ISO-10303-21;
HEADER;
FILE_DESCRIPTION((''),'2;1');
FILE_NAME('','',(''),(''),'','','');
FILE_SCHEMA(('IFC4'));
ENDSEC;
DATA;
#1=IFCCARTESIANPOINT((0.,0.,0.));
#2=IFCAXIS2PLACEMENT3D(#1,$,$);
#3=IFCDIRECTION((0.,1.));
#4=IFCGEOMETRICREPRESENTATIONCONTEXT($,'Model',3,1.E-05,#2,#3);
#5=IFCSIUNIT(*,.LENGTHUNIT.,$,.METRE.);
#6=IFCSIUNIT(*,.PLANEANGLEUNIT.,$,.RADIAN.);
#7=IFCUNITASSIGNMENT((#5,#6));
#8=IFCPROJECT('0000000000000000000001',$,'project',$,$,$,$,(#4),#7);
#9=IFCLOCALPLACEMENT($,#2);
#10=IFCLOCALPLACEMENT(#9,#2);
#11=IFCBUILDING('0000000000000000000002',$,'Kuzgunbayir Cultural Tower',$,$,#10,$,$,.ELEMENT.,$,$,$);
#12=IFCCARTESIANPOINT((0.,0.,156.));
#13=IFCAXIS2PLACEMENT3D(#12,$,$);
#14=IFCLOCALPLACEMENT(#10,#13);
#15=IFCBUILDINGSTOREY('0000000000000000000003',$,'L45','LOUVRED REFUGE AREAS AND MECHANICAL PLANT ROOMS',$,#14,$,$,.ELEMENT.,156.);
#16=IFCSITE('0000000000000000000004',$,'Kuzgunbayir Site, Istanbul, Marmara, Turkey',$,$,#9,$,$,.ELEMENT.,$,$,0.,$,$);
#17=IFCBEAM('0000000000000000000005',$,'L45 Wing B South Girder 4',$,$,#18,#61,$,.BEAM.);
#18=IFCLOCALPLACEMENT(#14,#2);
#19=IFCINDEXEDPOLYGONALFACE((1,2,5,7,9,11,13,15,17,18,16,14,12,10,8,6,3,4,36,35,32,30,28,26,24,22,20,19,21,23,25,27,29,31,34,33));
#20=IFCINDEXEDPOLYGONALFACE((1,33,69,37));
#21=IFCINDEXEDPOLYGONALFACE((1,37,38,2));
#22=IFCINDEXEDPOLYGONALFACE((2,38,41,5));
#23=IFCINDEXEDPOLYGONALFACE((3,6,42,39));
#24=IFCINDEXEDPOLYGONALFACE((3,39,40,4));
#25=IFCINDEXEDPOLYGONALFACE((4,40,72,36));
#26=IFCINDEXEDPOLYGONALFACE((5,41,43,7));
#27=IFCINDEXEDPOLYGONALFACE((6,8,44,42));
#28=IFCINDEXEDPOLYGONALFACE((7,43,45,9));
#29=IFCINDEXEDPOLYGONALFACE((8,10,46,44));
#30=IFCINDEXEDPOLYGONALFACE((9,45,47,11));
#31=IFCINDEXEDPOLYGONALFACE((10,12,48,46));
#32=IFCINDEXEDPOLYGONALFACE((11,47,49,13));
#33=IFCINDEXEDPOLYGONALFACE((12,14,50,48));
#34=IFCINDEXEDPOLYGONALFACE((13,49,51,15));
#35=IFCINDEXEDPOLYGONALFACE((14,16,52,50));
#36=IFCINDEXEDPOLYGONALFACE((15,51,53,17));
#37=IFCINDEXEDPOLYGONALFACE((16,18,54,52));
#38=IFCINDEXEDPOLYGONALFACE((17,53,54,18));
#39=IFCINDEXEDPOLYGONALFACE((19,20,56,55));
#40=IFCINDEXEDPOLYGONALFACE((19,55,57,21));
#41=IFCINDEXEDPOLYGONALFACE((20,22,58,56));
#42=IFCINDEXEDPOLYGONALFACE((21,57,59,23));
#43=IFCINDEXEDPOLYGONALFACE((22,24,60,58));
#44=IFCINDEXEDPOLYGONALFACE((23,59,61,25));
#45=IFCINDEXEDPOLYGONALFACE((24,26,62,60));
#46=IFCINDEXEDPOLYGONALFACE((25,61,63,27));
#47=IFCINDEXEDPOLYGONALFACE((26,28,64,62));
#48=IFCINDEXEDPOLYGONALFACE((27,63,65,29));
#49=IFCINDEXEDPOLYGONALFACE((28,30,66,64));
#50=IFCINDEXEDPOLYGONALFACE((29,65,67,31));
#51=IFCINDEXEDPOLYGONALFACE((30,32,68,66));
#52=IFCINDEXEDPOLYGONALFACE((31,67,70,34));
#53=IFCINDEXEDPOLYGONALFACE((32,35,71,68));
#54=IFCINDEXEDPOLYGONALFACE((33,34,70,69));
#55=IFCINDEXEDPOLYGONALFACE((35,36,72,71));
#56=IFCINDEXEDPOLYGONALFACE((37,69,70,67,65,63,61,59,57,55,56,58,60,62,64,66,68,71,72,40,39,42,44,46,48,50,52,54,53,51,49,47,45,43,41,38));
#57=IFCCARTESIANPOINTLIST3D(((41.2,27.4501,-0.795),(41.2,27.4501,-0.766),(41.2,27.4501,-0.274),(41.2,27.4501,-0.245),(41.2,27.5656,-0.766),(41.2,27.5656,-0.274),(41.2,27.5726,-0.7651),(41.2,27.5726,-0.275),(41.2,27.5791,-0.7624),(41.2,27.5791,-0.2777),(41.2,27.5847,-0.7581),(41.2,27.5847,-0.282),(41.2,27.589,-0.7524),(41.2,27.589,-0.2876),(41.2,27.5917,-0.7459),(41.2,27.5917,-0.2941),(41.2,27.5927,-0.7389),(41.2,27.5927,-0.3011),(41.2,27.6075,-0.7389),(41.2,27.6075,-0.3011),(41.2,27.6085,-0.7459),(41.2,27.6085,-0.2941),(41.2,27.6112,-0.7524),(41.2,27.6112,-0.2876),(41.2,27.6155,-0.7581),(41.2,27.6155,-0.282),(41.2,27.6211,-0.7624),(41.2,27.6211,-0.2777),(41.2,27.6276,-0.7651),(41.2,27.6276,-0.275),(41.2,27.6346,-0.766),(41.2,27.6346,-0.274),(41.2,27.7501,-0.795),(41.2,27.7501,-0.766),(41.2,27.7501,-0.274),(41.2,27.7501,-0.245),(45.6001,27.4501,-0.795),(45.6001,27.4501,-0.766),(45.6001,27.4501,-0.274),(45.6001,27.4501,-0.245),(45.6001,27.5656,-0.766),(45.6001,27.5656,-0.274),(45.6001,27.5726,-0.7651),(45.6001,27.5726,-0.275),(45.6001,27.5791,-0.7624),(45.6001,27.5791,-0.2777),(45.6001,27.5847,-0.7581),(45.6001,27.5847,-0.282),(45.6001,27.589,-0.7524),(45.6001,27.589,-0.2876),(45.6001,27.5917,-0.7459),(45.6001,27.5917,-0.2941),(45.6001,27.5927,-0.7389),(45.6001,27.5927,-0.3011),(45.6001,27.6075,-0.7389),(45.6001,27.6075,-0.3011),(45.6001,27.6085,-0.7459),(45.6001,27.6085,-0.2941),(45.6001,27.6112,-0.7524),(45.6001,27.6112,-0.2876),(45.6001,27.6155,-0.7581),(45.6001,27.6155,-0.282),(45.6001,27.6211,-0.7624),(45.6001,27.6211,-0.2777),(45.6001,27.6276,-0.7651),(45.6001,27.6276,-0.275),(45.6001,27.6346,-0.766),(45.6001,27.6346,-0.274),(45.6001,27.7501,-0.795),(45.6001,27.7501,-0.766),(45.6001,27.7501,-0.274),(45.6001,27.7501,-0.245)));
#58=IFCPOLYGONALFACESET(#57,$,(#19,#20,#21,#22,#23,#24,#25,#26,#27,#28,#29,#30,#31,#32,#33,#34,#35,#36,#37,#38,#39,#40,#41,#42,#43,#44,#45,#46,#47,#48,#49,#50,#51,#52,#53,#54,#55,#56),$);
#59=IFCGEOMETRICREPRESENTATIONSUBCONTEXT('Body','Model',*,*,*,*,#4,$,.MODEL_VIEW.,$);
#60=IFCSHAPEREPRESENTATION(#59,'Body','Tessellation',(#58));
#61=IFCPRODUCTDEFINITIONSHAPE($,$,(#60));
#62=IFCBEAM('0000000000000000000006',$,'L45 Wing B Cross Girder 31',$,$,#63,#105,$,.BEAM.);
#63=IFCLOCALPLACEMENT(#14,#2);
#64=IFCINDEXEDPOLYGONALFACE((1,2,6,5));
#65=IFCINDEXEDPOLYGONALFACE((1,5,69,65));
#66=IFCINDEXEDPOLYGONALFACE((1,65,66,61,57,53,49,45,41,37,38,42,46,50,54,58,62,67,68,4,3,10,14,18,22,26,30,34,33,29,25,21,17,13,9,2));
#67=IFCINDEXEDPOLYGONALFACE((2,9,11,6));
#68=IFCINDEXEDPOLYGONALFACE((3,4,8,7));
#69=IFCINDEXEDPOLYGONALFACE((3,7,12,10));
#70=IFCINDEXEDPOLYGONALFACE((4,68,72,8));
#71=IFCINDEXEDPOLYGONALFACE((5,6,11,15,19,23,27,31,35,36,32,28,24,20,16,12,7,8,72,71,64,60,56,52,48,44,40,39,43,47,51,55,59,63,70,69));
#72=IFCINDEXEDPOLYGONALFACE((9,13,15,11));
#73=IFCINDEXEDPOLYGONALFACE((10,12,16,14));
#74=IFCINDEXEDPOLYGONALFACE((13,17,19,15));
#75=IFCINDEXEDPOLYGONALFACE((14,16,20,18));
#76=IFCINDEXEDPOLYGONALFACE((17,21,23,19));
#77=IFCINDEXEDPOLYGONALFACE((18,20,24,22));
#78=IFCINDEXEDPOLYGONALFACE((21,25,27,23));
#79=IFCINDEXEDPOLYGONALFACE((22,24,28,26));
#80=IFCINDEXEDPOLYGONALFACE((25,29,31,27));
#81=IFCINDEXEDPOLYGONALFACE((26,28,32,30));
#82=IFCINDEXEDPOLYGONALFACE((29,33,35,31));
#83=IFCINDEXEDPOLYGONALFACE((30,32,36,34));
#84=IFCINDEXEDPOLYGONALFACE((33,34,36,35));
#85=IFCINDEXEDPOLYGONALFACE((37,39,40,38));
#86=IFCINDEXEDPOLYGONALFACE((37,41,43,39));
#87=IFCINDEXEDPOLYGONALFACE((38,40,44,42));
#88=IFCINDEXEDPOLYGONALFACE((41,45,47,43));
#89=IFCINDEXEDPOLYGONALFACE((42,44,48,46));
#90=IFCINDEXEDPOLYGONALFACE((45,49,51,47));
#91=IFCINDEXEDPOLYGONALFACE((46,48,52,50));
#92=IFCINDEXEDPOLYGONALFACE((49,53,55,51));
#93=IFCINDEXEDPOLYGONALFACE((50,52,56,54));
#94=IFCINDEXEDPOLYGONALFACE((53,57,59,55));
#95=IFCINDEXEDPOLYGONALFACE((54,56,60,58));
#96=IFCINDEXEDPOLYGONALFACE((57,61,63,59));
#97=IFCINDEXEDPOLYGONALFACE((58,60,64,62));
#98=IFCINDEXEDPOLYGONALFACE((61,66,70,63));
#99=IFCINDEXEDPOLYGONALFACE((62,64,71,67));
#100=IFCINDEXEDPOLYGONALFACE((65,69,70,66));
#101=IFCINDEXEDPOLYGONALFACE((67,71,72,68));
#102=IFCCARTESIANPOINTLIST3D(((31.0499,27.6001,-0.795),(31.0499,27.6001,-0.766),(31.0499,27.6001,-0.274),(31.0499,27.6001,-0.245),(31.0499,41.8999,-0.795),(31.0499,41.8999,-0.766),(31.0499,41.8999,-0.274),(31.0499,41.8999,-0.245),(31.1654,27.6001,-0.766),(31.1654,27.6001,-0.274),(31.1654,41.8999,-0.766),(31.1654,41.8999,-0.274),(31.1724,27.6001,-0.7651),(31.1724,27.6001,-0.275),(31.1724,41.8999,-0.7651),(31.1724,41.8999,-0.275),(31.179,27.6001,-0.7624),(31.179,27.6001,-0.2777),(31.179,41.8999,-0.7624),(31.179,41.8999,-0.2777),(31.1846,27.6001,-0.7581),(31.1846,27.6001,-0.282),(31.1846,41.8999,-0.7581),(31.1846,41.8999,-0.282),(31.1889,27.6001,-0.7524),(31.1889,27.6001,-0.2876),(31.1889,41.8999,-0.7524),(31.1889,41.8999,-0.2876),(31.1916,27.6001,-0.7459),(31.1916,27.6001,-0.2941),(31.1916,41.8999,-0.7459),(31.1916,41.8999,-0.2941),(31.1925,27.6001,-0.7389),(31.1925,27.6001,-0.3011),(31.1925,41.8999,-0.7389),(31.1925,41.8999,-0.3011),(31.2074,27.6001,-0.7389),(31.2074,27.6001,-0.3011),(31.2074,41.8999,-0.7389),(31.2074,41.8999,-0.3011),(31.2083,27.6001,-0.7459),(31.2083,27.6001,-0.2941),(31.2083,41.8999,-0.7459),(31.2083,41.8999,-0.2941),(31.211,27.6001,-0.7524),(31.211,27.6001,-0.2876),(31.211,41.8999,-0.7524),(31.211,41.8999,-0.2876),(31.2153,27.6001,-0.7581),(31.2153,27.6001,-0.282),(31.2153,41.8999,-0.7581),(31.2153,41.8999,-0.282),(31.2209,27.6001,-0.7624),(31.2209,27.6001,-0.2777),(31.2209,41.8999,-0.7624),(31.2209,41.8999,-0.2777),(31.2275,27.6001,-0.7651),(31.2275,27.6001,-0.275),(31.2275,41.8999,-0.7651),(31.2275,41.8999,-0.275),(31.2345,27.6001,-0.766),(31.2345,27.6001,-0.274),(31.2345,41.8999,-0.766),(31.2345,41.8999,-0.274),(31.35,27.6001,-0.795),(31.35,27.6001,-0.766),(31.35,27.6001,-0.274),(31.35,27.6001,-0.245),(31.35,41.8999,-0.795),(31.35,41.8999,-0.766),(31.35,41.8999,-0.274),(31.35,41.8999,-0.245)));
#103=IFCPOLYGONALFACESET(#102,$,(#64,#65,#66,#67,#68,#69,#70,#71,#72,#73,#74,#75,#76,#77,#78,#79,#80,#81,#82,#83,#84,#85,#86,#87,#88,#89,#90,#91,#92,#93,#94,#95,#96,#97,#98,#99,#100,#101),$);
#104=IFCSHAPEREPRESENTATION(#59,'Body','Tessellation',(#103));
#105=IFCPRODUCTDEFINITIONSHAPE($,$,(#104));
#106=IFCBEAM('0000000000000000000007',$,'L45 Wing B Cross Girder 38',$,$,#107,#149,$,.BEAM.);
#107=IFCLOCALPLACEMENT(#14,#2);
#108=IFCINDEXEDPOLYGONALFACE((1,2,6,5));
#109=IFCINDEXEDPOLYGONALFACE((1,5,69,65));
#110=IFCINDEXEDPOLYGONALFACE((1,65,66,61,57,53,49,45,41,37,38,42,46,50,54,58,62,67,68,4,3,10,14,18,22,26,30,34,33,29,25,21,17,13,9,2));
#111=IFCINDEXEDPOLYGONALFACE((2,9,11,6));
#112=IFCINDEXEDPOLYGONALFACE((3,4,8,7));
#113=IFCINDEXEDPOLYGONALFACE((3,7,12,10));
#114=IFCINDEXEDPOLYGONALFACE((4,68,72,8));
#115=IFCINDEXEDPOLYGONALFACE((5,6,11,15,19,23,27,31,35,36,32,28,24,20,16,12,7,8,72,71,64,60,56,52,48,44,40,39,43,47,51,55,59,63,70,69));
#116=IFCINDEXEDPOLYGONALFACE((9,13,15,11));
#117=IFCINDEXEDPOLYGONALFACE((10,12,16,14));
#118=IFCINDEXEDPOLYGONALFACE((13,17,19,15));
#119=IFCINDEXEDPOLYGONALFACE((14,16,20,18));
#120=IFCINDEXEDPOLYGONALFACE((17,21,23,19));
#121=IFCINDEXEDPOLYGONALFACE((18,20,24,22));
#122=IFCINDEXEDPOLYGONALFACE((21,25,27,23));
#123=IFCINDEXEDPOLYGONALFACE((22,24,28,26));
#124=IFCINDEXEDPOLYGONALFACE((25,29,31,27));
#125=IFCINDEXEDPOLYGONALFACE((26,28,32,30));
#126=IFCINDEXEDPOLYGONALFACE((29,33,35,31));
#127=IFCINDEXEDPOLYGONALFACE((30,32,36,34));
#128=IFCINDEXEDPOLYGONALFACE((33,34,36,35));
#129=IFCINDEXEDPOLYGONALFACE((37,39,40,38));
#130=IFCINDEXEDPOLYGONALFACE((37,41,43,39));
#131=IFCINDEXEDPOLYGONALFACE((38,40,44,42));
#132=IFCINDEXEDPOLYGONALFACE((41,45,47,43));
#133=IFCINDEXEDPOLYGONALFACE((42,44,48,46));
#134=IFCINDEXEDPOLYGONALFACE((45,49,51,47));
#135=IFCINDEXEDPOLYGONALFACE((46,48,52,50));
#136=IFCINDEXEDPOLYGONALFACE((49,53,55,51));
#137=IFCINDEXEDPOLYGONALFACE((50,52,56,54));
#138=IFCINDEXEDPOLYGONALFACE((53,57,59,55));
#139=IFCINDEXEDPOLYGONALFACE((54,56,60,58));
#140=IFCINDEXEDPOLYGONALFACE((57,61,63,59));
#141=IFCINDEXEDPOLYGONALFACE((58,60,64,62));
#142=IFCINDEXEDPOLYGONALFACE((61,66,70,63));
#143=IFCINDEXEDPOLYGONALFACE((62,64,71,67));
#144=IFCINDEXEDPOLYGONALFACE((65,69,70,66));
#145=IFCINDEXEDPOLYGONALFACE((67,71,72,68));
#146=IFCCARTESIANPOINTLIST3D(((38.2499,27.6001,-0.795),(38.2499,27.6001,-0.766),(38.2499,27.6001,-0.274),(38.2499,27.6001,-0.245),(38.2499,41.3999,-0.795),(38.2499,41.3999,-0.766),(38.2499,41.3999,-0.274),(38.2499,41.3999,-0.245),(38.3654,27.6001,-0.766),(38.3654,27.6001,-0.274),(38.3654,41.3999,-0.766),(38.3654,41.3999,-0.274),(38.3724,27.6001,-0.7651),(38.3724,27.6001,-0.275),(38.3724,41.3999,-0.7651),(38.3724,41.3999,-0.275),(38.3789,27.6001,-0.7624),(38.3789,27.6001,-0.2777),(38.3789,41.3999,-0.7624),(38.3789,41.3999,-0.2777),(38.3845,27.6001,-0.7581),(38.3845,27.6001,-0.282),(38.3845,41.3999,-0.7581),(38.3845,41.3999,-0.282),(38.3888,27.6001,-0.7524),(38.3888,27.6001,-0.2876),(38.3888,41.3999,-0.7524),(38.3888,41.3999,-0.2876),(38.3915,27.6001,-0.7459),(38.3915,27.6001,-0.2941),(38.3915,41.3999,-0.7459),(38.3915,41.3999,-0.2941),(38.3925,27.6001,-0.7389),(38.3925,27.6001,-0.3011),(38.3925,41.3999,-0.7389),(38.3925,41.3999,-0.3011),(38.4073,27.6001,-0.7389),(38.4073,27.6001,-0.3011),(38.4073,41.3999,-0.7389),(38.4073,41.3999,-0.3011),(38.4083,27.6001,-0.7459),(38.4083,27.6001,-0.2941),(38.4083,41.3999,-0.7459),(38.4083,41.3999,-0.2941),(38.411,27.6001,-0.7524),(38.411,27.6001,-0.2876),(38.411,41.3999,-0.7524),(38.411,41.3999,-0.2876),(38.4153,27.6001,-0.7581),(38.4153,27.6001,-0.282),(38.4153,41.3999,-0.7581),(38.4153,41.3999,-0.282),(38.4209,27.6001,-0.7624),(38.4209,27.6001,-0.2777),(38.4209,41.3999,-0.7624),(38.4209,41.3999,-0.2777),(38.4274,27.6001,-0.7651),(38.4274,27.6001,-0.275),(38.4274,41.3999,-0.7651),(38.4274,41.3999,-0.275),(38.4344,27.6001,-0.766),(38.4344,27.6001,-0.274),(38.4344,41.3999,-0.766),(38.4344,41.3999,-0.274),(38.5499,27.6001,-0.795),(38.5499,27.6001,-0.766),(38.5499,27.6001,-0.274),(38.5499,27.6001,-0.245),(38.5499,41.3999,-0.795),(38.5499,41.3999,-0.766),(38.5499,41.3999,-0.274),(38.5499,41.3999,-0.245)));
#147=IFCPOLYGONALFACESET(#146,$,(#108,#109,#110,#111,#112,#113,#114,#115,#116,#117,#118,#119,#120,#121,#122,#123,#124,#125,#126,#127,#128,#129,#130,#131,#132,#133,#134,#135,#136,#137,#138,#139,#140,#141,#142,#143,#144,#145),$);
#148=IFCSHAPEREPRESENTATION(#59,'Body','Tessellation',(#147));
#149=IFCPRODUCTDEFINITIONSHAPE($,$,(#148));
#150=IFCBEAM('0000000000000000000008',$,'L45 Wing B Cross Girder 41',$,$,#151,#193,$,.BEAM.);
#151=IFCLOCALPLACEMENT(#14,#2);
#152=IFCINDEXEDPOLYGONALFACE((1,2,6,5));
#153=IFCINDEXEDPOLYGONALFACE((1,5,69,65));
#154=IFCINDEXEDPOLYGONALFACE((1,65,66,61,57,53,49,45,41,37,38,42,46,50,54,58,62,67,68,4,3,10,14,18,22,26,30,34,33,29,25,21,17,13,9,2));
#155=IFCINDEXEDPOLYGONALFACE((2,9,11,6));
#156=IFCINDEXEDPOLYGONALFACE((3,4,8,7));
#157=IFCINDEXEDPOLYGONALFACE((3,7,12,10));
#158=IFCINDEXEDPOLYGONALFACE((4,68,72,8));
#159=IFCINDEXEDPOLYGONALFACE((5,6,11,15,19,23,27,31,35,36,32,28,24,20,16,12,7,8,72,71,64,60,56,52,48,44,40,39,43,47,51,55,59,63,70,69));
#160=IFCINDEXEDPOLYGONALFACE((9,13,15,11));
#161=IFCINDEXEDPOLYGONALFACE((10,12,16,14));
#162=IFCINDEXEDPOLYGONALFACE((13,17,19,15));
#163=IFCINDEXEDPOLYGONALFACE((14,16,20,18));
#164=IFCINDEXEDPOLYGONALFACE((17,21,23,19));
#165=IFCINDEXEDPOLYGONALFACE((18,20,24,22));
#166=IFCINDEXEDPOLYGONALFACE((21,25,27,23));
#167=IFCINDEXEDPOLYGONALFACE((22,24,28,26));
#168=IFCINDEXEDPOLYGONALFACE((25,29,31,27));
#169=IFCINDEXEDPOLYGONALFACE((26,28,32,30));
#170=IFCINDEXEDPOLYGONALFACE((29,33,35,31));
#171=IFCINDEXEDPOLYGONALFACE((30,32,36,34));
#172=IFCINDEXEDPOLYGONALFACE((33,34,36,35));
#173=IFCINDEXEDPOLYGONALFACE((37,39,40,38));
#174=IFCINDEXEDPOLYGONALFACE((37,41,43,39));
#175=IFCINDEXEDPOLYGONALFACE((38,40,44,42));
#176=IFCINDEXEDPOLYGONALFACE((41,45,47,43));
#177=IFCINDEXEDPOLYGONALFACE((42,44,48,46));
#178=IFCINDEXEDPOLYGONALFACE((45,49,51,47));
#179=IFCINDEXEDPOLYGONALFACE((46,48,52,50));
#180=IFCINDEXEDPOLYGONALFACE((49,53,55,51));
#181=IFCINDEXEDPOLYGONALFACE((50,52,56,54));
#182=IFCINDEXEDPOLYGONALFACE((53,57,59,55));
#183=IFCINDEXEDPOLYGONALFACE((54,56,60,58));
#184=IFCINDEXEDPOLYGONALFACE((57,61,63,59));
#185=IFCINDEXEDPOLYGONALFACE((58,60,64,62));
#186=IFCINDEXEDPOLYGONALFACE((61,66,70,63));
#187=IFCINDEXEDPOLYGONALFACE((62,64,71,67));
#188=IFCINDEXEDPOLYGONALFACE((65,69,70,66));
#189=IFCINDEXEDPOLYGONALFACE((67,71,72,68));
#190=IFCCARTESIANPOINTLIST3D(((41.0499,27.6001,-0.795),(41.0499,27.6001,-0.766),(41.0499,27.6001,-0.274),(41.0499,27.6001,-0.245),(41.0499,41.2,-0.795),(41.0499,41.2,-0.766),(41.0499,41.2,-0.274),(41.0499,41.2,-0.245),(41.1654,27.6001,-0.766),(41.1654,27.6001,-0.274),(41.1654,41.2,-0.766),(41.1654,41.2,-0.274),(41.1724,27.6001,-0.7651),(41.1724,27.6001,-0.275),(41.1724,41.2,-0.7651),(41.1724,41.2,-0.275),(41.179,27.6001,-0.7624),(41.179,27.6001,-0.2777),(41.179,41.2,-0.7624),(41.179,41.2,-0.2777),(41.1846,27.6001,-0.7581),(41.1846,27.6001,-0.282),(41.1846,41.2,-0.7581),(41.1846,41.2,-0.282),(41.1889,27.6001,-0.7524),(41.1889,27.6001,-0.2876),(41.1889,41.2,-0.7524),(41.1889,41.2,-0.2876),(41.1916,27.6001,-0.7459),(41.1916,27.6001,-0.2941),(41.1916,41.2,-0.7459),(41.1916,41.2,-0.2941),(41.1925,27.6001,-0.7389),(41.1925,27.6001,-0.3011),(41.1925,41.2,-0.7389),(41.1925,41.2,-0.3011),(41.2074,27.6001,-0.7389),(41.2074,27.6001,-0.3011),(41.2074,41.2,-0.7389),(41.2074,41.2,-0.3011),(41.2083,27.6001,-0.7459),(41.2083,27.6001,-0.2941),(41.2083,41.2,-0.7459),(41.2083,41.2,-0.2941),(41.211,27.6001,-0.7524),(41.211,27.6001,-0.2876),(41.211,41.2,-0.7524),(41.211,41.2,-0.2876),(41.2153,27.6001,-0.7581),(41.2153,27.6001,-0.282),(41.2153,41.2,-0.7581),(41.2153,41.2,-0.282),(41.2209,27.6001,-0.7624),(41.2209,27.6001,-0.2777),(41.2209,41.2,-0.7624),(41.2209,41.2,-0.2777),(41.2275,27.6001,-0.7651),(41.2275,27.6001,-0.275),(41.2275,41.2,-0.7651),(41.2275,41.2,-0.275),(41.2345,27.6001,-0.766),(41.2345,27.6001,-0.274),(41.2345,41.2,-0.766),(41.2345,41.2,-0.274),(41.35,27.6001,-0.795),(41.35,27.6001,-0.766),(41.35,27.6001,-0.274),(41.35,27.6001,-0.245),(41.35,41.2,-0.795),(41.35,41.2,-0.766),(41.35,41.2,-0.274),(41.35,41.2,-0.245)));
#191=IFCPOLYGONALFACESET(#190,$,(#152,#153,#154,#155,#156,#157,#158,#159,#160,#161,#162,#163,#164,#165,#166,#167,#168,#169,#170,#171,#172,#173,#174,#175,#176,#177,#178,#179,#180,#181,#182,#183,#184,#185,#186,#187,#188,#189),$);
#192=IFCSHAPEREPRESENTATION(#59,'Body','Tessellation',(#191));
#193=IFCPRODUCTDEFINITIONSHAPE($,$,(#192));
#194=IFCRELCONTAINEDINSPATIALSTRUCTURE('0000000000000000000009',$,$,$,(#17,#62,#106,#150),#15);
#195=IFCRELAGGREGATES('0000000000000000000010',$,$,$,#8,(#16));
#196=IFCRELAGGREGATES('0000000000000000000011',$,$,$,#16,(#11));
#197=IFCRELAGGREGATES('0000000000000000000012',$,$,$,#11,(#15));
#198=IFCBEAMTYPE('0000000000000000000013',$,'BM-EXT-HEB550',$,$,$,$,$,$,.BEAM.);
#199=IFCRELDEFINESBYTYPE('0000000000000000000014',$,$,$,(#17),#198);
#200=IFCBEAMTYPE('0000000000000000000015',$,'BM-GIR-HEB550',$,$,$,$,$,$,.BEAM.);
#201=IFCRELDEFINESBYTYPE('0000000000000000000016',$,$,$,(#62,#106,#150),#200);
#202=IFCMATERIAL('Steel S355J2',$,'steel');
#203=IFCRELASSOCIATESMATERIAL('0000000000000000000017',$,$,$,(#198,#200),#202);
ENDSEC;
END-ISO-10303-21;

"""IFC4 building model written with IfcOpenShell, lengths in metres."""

from ifc_helpers import new_model, si_unit, direction, frame, origin, origin_2d, place, context, subcontext, project, spatial, i_section, extrude, material, material_profile, profile_set, type_object, element, save


model = new_model("IFC4")

# Units and contexts
model_context = context("Model", 3, precision=1e-05, world=origin(), true_north=direction((0.0, 1.0)))
body_context = subcontext(model_context, "Body", "Model", "MODEL_VIEW")
ifc_project = project(units=[si_unit("LENGTHUNIT", "METRE"), si_unit("PLANEANGLEUNIT", "RADIAN")], contexts=[model_context])

# Site, building, storey
site_placement = place(None, origin())
site = spatial("IfcSite", under=ifc_project, at=site_placement, Name="Kuzgunbayir Site, Istanbul, Marmara, Turkey", CompositionType="ELEMENT", RefElevation=0.0)
building_placement = place(site_placement, origin())
building = spatial("IfcBuilding", under=site, at=building_placement, Name="Kuzgunbayir Cultural Tower", CompositionType="ELEMENT")
storey_placement = place(building_placement, frame((0.0, 0.0, 156.0)))
storey = spatial("IfcBuildingStorey", under=building, at=storey_placement, Name="L45", Description="LOUVRED REFUGE AREAS AND MECHANICAL PLANT ROOMS", CompositionType="ELEMENT", Elevation=156.0)

# Beams
ifc_material_1 = material(Name="Steel S355J2", Category="steel")
ifc_material_profile_1 = material_profile(ifc_material_1, i_section(OverallWidth=0.3, OverallDepth=0.55, WebThickness=0.0149, FlangeThickness=0.0291, FilletRadius=0.0271, at=origin_2d()), Name="HEB 550")
ifc_profile_set_1 = profile_set([ifc_material_profile_1], Name="Steel S355J2")
beam_type_1 = type_object("IfcBeamType", Name="BM-EXT-HEB550", PredefinedType="BEAM", material=ifc_profile_set_1)
beam_1_placement = place(storey_placement, frame((41.2, 27.6001, -0.52), z_axis=(1.0, 0.0, 0.0), x_axis=(0.0, 1.0, 0.0)))
element("IfcBeam", 1, at=beam_1_placement, inside=storey, type_object=beam_type_1, Name="L45 Wing B South Girder 4", PredefinedType="BEAM", context=body_context, shape_type="SweptSolid", body=[
    extrude(i_section(OverallWidth=0.3, OverallDepth=0.55, WebThickness=0.0149, FlangeThickness=0.0291, FilletRadius=0.0271, at=origin_2d()), origin(), (0.0, 0.0, 1.0), 4.4001),
])
ifc_material_profile_2 = material_profile(ifc_material_1, i_section(OverallWidth=0.3, OverallDepth=0.55, WebThickness=0.0149, FlangeThickness=0.0291, FilletRadius=0.0271, at=origin_2d()), Name="HEB 550")
ifc_profile_set_2 = profile_set([ifc_material_profile_2], Name="Steel S355J2")
beam_type_2 = type_object("IfcBeamType", Name="BM-GIR-HEB550", PredefinedType="BEAM", material=ifc_profile_set_2)
beam_2_placement = place(storey_placement, frame((31.2, 27.6001, -0.52), z_axis=(0.0, 1.0, 0.0), x_axis=(-1.0, 0.0, 0.0)))
element("IfcBeam", 2, at=beam_2_placement, inside=storey, type_object=beam_type_2, Name="L45 Wing B Cross Girder 31", PredefinedType="BEAM", context=body_context, shape_type="SweptSolid", body=[
    extrude(i_section(OverallWidth=0.3, OverallDepth=0.55, WebThickness=0.0149, FlangeThickness=0.0291, FilletRadius=0.0271, at=origin_2d()), origin(), (0.0, 0.0, 1.0), 14.2998),
])
beam_3_placement = place(storey_placement, frame((38.3999, 27.6001, -0.52), z_axis=(0.0, 1.0, 0.0), x_axis=(-1.0, 0.0, 0.0)))
element("IfcBeam", 3, at=beam_3_placement, inside=storey, type_object=beam_type_2, Name="L45 Wing B Cross Girder 38", PredefinedType="BEAM", context=body_context, shape_type="SweptSolid", body=[
    extrude(i_section(OverallWidth=0.3, OverallDepth=0.55, WebThickness=0.0149, FlangeThickness=0.0291, FilletRadius=0.0271, at=origin_2d()), origin(), (0.0, 0.0, 1.0), 13.7998),
])
for number, where, z_axis, x_axis, name in (
    (4, (41.2, 27.6001, -0.52), (0.0, 1.0, 0.0), (-1.0, 0.0, 0.0), "L45 Wing B Cross Girder 41"),
):
    element("IfcBeam", number, at=place(storey_placement, frame(where, z_axis=z_axis, x_axis=x_axis)), inside=storey, type_object=beam_type_2, Name=name, PredefinedType="BEAM", context=body_context, shape_type="SweptSolid", body=[
        extrude(i_section(OverallWidth=0.3, OverallDepth=0.55, WebThickness=0.0149, FlangeThickness=0.0291, FilletRadius=0.0271, at=origin_2d()), origin(), (0.0, 0.0, 1.0), 13.5999),
    ])

save(model, "model.ifc")
